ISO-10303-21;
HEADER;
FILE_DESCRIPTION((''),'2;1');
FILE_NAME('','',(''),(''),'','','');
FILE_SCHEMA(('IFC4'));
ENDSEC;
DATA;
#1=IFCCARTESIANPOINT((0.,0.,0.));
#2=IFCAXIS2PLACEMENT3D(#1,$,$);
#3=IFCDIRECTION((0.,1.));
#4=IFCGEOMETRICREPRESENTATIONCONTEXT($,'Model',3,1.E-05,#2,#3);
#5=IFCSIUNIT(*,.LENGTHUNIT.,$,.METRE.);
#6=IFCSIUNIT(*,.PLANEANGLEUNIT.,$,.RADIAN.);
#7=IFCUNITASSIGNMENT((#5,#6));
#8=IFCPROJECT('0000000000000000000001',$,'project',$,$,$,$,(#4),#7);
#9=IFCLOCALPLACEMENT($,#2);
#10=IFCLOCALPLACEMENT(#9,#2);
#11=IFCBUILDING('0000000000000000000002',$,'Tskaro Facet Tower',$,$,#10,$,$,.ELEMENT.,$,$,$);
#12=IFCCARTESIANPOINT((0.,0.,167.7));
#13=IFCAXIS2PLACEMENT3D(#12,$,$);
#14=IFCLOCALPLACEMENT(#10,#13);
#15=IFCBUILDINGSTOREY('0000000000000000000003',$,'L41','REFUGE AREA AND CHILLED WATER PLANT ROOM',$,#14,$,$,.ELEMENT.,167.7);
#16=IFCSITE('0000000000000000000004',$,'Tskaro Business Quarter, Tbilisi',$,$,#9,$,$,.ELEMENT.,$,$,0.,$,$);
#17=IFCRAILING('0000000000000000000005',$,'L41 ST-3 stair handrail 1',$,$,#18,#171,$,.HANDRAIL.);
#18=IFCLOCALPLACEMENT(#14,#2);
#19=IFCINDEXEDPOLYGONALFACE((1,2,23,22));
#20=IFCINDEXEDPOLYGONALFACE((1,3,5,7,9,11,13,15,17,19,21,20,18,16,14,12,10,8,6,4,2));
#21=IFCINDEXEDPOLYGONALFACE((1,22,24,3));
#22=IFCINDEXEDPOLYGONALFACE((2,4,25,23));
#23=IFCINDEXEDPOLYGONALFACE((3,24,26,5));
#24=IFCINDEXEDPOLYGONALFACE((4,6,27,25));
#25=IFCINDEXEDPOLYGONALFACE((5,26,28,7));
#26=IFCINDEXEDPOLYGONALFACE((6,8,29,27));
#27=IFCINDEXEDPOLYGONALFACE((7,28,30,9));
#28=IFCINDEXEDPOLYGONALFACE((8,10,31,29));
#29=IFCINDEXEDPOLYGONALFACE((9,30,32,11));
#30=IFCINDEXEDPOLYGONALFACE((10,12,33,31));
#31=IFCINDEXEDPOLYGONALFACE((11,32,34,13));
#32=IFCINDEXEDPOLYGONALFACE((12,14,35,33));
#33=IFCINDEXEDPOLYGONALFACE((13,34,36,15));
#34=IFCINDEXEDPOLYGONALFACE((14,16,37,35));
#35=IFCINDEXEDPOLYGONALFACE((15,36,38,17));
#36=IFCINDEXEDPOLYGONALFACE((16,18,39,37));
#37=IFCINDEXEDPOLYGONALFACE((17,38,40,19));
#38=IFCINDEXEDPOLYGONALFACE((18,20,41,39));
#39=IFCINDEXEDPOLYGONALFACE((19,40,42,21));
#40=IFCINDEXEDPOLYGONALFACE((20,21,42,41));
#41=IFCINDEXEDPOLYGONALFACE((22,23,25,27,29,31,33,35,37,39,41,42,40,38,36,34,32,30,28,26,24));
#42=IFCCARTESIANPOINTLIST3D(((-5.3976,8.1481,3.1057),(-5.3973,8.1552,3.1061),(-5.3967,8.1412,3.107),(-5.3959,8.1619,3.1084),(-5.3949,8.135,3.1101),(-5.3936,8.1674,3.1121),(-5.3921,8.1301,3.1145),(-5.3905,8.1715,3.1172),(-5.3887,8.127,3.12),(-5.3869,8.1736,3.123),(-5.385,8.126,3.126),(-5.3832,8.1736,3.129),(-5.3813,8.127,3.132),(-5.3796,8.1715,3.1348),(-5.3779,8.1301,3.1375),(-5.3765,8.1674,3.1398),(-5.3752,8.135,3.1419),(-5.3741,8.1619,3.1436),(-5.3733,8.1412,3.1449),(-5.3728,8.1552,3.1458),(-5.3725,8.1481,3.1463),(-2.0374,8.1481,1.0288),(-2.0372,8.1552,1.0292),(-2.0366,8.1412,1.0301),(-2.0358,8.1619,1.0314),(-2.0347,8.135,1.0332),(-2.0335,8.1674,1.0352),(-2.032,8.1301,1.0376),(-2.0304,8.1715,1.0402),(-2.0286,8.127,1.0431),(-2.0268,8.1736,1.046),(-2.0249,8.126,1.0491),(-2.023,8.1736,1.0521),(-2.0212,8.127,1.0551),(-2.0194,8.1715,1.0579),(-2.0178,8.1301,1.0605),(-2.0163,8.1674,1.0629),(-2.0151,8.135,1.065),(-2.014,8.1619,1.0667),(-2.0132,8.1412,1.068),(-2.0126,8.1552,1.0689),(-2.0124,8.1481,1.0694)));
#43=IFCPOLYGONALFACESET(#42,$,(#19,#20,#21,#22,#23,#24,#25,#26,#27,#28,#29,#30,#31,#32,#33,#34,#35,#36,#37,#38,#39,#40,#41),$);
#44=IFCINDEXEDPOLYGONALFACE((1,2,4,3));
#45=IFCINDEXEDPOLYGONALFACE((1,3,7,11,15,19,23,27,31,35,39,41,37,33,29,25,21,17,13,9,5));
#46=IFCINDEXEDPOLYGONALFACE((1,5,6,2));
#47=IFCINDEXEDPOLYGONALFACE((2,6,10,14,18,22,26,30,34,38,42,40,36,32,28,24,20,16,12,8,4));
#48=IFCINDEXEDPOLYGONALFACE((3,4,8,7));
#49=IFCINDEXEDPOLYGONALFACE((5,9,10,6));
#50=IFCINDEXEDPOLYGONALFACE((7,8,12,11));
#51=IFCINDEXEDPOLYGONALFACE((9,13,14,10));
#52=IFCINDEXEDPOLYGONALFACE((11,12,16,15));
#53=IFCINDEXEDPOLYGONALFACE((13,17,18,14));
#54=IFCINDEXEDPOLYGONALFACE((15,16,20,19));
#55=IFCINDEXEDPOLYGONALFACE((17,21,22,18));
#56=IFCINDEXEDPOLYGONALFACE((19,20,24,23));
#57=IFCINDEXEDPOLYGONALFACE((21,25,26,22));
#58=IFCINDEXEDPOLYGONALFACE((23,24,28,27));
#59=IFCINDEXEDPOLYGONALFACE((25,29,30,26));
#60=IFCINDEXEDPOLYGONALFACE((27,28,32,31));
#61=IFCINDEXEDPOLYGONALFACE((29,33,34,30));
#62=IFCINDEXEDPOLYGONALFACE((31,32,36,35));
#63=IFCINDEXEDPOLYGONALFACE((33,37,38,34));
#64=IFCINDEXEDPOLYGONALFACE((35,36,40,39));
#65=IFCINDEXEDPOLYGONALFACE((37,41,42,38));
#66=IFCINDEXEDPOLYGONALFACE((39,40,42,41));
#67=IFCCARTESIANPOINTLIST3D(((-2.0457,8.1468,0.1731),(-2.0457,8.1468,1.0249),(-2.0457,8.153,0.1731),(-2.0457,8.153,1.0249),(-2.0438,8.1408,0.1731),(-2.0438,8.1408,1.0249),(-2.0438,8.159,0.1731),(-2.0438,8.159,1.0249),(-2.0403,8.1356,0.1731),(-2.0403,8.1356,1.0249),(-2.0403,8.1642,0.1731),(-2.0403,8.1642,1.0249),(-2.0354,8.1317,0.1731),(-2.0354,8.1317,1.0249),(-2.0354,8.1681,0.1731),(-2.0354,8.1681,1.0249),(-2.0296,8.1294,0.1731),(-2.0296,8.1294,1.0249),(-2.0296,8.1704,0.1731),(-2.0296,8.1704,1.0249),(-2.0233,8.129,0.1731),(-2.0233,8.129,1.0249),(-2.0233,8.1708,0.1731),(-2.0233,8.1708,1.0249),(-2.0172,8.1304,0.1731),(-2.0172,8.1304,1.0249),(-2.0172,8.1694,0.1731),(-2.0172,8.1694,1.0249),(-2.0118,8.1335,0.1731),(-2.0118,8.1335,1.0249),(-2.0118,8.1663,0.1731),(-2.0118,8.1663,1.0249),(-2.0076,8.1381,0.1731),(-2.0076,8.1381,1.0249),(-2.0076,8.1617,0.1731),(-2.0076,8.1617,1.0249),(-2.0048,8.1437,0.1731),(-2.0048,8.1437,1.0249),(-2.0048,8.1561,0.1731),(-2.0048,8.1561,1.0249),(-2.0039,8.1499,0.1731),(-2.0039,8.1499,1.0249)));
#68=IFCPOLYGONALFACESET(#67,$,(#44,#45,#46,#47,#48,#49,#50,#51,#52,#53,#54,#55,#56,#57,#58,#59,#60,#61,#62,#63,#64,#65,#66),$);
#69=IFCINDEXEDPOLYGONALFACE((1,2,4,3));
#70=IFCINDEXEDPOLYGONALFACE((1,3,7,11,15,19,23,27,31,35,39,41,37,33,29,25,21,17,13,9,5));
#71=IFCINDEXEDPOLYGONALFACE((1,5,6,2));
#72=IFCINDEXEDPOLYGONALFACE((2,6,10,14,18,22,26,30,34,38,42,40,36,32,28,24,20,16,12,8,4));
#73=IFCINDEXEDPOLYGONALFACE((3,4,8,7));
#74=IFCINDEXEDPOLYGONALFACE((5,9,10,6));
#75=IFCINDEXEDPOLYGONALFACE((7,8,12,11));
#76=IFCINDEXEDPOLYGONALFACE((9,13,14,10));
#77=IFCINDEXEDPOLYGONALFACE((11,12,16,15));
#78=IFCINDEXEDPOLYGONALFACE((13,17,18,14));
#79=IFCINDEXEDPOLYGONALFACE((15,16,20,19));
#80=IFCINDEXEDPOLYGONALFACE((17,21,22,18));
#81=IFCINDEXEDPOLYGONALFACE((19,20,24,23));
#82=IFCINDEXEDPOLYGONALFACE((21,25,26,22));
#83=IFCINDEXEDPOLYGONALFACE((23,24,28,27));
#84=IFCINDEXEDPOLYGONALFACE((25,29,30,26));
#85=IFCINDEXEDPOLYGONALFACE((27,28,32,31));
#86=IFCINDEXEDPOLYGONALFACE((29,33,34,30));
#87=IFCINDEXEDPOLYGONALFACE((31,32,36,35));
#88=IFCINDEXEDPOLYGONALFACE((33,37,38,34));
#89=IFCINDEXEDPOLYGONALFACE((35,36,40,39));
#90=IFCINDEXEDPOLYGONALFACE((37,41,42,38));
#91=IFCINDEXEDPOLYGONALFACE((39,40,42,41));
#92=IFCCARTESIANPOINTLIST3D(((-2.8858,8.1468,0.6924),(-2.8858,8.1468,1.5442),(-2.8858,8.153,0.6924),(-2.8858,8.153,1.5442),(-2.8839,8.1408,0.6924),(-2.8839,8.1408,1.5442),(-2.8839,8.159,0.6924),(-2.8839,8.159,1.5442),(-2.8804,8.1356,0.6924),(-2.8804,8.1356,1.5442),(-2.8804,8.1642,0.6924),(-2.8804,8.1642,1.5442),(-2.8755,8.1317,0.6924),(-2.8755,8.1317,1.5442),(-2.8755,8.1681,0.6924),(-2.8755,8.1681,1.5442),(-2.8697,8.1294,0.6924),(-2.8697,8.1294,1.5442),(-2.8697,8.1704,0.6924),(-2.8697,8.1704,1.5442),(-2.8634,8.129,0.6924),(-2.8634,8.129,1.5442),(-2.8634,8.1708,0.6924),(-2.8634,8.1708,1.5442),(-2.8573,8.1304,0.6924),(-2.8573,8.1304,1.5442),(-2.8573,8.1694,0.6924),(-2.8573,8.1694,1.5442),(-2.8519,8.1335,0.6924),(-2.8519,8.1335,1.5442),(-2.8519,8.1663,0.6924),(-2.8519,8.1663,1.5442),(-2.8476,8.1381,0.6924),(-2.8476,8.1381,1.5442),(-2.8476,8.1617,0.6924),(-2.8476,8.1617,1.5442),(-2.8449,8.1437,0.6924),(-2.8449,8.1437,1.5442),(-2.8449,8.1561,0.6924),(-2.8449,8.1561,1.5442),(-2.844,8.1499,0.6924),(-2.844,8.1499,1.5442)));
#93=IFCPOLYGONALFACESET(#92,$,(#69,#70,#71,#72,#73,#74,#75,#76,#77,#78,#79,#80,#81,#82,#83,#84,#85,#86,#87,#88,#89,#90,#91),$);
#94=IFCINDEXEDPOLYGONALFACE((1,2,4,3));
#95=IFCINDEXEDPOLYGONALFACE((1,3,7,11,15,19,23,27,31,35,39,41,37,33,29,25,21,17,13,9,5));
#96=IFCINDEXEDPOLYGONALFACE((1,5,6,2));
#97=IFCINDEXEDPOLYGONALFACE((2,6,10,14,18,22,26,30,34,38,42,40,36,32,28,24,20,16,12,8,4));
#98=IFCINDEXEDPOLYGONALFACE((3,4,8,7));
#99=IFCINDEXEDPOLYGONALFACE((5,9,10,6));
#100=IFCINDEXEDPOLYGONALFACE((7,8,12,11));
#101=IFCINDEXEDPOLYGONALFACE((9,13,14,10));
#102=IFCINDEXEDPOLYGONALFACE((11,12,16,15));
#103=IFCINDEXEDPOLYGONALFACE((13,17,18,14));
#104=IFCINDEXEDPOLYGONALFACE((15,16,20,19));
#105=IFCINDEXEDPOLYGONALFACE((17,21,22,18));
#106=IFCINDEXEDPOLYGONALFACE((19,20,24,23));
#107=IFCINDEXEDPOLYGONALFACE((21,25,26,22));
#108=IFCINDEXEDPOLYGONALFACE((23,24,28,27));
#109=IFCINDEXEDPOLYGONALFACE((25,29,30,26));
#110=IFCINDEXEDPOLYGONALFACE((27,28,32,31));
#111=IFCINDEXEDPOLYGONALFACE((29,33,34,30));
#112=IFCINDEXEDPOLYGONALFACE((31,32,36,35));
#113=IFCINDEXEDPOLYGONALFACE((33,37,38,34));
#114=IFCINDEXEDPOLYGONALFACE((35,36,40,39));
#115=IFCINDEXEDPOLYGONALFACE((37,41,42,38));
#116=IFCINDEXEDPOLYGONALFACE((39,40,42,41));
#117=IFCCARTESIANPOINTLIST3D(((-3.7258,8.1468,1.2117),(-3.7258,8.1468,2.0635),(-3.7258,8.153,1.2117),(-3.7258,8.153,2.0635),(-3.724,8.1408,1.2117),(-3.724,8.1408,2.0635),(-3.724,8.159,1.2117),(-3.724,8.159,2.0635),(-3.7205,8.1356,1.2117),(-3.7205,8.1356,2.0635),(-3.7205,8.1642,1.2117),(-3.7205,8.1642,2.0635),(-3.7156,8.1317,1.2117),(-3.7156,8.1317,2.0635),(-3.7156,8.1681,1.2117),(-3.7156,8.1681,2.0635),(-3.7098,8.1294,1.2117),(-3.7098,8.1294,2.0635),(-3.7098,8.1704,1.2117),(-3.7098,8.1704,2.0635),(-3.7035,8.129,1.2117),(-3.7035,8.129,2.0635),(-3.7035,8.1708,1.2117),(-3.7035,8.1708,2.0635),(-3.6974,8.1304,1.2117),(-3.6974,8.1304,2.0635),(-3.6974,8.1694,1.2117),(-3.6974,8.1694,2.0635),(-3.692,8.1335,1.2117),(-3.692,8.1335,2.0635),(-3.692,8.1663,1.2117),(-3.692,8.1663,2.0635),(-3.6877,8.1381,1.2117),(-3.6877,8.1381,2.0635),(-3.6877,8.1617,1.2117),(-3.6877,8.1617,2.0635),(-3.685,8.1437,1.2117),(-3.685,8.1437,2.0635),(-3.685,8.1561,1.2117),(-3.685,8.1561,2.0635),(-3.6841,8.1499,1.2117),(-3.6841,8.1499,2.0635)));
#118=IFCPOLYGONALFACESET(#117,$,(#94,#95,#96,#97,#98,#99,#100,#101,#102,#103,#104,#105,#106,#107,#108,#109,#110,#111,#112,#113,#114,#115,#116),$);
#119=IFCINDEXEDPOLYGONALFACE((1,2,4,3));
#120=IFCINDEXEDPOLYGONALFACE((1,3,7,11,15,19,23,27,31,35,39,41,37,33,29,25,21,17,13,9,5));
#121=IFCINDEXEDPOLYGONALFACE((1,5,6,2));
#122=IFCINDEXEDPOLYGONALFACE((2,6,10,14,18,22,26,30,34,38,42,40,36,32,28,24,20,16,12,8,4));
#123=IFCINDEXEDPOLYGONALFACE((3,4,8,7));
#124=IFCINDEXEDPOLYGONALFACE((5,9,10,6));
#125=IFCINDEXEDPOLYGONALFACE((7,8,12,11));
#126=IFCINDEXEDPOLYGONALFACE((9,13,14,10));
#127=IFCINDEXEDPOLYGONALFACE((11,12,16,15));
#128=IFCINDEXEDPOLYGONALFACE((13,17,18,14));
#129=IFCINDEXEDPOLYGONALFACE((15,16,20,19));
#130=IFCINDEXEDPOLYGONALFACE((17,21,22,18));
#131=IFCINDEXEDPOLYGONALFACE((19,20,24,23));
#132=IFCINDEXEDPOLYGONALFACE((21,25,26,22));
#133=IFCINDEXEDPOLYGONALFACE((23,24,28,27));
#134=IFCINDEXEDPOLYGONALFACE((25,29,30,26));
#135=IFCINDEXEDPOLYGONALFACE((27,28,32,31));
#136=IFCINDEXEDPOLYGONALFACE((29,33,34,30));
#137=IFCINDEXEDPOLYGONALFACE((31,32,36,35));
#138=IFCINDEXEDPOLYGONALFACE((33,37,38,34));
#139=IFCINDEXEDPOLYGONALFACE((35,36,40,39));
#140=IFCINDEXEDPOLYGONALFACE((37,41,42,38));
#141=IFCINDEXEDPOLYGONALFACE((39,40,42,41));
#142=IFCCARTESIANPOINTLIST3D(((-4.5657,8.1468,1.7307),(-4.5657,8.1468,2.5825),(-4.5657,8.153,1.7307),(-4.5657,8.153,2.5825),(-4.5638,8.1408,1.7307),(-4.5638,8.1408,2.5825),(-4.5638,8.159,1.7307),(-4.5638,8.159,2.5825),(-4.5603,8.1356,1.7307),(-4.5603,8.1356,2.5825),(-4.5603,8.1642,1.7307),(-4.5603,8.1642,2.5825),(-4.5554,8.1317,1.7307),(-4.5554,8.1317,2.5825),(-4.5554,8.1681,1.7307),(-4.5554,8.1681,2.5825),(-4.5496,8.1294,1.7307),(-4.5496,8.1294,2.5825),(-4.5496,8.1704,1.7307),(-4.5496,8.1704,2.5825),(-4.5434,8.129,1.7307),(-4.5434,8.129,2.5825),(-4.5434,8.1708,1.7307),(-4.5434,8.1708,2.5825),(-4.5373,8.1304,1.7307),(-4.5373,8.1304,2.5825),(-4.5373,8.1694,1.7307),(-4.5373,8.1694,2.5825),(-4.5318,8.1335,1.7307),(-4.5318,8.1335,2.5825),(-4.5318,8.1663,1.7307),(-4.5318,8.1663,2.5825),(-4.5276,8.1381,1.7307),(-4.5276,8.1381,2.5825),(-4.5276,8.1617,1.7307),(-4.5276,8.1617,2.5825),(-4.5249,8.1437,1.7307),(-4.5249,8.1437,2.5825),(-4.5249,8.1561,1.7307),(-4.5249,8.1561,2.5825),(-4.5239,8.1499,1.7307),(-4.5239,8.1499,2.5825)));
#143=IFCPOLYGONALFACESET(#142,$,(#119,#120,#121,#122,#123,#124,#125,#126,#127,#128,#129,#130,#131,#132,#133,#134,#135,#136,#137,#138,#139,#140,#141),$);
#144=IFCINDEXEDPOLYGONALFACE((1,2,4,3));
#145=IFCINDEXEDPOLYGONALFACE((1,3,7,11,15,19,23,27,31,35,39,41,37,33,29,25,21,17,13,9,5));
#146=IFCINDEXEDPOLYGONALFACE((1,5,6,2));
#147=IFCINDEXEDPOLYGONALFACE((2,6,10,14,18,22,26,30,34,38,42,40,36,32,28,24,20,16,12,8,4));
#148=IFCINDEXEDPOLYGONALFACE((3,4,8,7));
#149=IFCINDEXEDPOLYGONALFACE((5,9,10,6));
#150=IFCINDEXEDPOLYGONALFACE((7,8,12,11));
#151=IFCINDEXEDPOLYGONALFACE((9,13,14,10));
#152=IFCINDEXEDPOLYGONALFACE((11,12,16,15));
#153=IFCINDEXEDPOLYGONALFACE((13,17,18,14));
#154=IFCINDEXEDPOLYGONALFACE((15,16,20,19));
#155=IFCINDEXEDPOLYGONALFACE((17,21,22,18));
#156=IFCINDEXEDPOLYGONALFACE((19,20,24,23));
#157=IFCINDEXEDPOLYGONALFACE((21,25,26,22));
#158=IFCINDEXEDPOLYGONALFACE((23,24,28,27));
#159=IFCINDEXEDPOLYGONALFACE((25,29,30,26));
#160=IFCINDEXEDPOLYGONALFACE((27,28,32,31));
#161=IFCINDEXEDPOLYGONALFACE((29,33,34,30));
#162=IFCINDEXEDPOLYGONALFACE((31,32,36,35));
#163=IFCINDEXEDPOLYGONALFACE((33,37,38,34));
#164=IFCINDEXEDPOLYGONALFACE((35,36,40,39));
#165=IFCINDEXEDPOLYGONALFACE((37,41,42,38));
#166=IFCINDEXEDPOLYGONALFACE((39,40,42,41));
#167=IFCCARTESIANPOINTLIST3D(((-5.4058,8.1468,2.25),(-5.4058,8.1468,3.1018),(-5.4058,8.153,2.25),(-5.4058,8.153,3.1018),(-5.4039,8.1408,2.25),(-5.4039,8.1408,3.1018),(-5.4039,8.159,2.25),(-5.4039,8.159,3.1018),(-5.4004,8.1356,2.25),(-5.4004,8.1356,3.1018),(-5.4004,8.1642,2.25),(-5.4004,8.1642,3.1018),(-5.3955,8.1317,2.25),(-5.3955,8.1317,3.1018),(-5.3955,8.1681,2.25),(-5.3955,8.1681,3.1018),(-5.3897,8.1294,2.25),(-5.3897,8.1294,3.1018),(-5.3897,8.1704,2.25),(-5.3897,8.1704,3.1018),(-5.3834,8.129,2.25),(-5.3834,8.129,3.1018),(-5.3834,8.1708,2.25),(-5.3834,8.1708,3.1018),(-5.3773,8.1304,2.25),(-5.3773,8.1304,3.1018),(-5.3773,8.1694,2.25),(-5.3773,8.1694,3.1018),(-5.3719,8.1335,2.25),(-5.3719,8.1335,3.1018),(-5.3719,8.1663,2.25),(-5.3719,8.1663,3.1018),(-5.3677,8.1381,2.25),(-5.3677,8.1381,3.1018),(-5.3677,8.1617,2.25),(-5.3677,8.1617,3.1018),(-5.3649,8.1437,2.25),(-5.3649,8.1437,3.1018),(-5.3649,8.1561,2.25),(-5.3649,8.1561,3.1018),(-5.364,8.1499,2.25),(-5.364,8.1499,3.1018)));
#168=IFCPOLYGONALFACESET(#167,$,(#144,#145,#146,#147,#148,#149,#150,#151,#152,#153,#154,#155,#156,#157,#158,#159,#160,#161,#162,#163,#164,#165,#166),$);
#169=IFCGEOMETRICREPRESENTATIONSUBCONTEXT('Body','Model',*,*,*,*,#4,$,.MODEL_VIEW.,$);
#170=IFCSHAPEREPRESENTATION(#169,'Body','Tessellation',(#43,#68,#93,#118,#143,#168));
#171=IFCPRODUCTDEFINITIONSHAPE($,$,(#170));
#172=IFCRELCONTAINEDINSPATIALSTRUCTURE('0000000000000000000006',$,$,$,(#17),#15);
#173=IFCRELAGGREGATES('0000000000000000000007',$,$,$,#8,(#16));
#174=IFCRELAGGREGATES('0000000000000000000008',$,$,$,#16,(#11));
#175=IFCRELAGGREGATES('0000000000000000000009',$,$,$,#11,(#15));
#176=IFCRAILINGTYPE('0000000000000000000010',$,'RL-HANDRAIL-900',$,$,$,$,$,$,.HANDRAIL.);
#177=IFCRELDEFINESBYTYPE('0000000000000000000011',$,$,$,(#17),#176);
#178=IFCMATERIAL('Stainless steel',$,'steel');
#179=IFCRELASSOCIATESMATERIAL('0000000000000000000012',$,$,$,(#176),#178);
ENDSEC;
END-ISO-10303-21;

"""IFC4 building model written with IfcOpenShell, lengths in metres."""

from ifc_helpers import new_model, si_unit, direction, frame, origin, origin_2d, place, context, subcontext, project, spatial, circle, extrude, material, type_object, element, save


model = new_model("IFC4")

# Units and contexts
model_context = context("Model", 3, precision=1e-05, world=origin(), true_north=direction((0.0, 1.0)))
body_context = subcontext(model_context, "Body", "Model", "MODEL_VIEW")
ifc_project = project(units=[si_unit("LENGTHUNIT", "METRE"), si_unit("PLANEANGLEUNIT", "RADIAN")], contexts=[model_context])

# Site, building, storey
site_placement = place(None, origin())
site = spatial("IfcSite", under=ifc_project, at=site_placement, Name="Tskaro Business Quarter, Tbilisi", CompositionType="ELEMENT", RefElevation=0.0)
building_placement = place(site_placement, origin())
building = spatial("IfcBuilding", under=site, at=building_placement, Name="Tskaro Facet Tower", CompositionType="ELEMENT")
storey_placement = place(building_placement, frame((0.0, 0.0, 167.7)))
storey = spatial("IfcBuildingStorey", under=building, at=storey_placement, Name="L41", Description="REFUGE AREA AND CHILLED WATER PLANT ROOM", CompositionType="ELEMENT", Elevation=167.7)

# Railing
ifc_material_1 = material(Name="Stainless steel", Category="steel")
railing_type_1 = type_object("IfcRailingType", Name="RL-HANDRAIL-900", PredefinedType="HANDRAIL", material=ifc_material_1)
railing_1_placement = place(storey_placement, frame((-2.0249, 8.1499, 0.1731)))
element("IfcRailing", 1, at=railing_1_placement, inside=storey, type_object=railing_type_1, Name="L41 ST-3 stair handrail 1", PredefinedType="HANDRAIL", context=body_context, shape_type="SweptSolid", body=[
    extrude(circle(Radius=0.0239, at=origin_2d()), frame((0.0, 0.0, 0.876), z_axis=(-0.850623, 0.0, 0.525776), x_axis=(0.0, -1.0, 0.0)), (0.0, 0.0, 1.0), 3.9502),
    extrude(circle(Radius=0.021, at=origin_2d()), origin(), (0.0, 0.0, 1.0), 0.8518),
    extrude(circle(Radius=0.021, at=origin_2d()), frame((-0.8401, 0.0, 0.5193)), (0.0, 0.0, 1.0), 0.8518),
    extrude(circle(Radius=0.021, at=origin_2d()), frame((-1.6802, 0.0, 1.0386)), (0.0, 0.0, 1.0), 0.8518),
    extrude(circle(Radius=0.021, at=origin_2d()), frame((-2.52, 0.0, 1.5576)), (0.0, 0.0, 1.0), 0.8518),
    extrude(circle(Radius=0.021, at=origin_2d()), frame((-3.3601, 0.0, 2.0769)), (0.0, 0.0, 1.0), 0.8518),
])

save(model, "model.ifc")
